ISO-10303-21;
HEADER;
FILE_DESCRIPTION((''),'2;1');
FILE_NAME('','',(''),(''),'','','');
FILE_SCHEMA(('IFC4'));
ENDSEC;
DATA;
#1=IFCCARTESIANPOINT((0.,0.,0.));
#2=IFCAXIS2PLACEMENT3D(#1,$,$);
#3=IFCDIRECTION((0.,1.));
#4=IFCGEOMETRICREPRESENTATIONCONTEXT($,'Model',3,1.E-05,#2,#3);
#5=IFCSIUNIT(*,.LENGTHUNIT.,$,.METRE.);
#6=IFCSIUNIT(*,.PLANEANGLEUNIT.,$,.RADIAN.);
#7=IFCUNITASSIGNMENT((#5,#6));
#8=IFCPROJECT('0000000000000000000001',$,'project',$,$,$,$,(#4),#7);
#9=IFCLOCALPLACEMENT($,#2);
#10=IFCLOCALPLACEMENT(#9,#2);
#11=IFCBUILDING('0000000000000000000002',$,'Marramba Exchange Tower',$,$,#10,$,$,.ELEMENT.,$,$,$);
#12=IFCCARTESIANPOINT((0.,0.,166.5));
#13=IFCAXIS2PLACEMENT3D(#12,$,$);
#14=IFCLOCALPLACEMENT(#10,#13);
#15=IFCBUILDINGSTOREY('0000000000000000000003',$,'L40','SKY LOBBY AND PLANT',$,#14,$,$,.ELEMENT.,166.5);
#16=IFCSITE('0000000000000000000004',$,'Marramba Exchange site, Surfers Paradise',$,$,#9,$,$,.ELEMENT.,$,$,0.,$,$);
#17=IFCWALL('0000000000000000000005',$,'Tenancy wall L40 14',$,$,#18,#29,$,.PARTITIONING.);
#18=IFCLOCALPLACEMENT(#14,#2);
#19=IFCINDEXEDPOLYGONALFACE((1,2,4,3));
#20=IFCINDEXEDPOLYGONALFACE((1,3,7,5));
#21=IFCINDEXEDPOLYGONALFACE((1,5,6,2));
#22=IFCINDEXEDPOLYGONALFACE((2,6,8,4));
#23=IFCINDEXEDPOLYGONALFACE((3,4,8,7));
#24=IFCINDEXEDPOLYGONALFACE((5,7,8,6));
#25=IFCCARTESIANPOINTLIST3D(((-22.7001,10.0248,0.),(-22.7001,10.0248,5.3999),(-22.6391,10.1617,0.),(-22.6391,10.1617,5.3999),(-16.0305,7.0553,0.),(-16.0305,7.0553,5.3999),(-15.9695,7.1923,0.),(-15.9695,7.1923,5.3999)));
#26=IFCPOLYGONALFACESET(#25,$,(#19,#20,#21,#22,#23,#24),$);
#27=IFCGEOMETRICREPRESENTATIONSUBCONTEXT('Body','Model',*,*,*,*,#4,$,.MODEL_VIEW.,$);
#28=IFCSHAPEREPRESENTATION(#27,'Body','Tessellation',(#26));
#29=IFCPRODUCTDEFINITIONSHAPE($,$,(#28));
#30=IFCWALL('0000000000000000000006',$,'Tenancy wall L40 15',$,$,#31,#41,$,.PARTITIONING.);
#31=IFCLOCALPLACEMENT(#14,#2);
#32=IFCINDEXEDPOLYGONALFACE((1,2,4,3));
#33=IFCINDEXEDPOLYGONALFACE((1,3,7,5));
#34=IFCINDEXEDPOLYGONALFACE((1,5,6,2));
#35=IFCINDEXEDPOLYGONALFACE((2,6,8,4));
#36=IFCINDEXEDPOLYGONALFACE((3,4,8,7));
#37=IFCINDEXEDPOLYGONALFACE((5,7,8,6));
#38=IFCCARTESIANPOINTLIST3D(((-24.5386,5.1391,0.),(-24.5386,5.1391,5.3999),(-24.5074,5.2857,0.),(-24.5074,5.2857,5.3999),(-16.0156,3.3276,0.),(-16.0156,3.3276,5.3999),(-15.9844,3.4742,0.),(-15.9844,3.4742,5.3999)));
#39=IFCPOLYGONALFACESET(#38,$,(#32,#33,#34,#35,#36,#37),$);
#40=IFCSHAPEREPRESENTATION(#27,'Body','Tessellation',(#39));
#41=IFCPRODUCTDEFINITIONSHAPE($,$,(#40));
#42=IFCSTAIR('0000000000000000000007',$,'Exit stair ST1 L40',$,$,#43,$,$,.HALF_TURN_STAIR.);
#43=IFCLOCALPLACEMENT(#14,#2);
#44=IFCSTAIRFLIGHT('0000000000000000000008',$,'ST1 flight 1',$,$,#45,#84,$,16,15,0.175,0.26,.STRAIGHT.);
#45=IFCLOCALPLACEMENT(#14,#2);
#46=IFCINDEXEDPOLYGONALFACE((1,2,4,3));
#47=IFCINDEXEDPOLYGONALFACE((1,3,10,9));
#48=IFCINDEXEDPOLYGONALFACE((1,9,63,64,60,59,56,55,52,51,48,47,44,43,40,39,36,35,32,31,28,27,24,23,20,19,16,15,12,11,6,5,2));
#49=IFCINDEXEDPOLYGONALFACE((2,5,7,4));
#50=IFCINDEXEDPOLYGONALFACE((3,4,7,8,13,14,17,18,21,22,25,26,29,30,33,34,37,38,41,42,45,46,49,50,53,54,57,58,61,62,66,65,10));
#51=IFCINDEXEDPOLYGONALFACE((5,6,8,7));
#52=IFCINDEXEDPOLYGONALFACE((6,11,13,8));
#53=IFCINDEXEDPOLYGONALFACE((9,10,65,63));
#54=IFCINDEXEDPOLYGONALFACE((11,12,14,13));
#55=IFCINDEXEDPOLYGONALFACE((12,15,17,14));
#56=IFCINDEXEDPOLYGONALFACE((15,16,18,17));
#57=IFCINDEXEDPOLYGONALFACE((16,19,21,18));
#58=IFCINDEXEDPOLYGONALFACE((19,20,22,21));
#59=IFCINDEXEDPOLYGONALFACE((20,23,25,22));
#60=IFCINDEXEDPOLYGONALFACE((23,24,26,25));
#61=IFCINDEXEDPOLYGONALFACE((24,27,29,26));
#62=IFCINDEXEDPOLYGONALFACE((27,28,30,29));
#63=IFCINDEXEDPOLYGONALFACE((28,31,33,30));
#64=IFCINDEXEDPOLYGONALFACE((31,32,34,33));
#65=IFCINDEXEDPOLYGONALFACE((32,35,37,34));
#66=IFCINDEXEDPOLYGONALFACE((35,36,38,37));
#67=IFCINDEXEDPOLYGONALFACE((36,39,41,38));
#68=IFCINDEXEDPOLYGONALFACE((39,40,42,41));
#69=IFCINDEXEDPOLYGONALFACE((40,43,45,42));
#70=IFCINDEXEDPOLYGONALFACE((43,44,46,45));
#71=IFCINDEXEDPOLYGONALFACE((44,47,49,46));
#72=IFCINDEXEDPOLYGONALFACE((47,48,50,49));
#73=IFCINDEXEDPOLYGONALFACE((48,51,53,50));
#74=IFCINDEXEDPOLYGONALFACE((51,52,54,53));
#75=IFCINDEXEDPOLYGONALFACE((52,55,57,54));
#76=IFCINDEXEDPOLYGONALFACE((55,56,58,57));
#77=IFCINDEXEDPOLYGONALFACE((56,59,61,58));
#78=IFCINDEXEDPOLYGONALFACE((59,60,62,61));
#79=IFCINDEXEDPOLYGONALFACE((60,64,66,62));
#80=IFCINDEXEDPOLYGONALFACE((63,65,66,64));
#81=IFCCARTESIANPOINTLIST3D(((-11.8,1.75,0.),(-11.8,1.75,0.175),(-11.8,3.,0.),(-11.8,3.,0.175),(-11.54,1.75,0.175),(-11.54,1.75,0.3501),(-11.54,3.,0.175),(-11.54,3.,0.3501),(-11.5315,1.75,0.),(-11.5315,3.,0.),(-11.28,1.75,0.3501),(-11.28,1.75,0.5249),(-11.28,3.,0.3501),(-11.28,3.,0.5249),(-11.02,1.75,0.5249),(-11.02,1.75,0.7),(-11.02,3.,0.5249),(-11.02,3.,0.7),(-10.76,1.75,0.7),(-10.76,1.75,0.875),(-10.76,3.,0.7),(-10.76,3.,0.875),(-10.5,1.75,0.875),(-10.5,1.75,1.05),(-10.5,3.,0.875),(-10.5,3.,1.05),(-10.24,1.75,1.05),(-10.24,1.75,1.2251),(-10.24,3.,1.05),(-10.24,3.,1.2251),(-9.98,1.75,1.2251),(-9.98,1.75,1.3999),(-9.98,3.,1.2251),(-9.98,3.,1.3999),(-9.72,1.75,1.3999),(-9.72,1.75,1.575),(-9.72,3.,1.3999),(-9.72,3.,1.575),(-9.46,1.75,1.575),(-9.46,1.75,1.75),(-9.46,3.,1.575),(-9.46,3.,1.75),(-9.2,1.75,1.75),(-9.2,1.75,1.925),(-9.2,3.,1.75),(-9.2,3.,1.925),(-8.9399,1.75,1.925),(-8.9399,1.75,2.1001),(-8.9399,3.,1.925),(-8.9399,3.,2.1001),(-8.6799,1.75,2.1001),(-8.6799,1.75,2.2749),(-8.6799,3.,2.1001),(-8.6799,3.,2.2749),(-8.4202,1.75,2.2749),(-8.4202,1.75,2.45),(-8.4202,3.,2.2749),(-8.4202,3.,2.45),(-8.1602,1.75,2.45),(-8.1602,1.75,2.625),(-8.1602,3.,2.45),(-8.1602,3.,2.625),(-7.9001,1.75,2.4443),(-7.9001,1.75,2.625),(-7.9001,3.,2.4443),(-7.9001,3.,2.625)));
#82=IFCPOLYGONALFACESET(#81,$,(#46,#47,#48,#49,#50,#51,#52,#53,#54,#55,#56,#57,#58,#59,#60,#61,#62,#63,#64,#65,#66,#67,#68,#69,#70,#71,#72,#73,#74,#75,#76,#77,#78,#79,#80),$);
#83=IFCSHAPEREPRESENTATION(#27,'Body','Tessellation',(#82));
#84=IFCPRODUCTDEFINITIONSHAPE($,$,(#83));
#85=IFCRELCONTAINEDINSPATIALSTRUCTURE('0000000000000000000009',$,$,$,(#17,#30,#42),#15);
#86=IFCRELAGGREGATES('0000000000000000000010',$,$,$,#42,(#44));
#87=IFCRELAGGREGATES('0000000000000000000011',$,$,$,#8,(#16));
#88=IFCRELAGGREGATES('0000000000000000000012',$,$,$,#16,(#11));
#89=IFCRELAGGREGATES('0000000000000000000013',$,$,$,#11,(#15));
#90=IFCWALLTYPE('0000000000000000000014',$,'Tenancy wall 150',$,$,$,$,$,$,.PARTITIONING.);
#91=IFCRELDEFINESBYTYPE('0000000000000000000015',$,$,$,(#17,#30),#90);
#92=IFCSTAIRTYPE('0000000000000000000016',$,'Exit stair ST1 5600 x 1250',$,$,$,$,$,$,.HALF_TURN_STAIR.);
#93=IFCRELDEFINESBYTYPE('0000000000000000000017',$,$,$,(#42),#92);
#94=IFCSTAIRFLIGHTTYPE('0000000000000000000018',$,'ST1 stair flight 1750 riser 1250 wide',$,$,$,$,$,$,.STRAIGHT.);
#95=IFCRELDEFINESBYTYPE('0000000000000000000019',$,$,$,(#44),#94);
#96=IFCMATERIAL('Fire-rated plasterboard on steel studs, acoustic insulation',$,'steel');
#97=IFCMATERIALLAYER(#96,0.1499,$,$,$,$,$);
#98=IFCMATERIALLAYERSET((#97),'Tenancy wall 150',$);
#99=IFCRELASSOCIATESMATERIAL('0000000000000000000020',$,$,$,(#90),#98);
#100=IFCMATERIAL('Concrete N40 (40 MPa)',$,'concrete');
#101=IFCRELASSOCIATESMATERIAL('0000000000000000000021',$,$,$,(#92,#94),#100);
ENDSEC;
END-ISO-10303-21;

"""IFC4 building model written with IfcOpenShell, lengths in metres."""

from ifc_helpers import new_model, si_unit, direction, frame, frame_2d, origin, place, context, subcontext, project, spatial, polyline, rectangle, outline, extrude, material, layer, layer_set, type_object, element, aggregate, save


model = new_model("IFC4")

# Units and contexts
model_context = context("Model", 3, precision=1e-05, world=origin(), true_north=direction((0.0, 1.0)))
body_context = subcontext(model_context, "Body", "Model", "MODEL_VIEW")
ifc_project = project(units=[si_unit("LENGTHUNIT", "METRE"), si_unit("PLANEANGLEUNIT", "RADIAN")], contexts=[model_context])

# Site, building, storey
site_placement = place(None, origin())
site = spatial("IfcSite", under=ifc_project, at=site_placement, Name="Marramba Exchange site, Surfers Paradise", CompositionType="ELEMENT", RefElevation=0.0)
building_placement = place(site_placement, origin())
building = spatial("IfcBuilding", under=site, at=building_placement, Name="Marramba Exchange Tower", CompositionType="ELEMENT")
storey_placement = place(building_placement, frame((0.0, 0.0, 166.5)))
storey = spatial("IfcBuildingStorey", under=building, at=storey_placement, Name="L40", Description="SKY LOBBY AND PLANT", CompositionType="ELEMENT", Elevation=166.5)

# Walls
ifc_material_1 = material(Name="Fire-rated plasterboard on steel studs, acoustic insulation", Category="steel")
ifc_layer_1 = layer(ifc_material_1, 0.1499)
ifc_layer_set_1 = layer_set([ifc_layer_1], Name="Tenancy wall 150")
wall_type_1 = type_object("IfcWallType", Name="Tenancy wall 150", PredefinedType="PARTITIONING", material=ifc_layer_set_1)
wall_1_placement = place(storey_placement, frame((-16.0, 7.1238, 0.0), z_axis=(0.0, 0.0, 1.0), x_axis=(-0.913548, 0.406731, 0.0)))
element("IfcWall", 1, at=wall_1_placement, inside=storey, type_object=wall_type_1, Name="Tenancy wall L40 14", PredefinedType="PARTITIONING", context=body_context, shape_type="SweptSolid", body=[
    extrude(rectangle(XDim=7.3008, YDim=0.1499, at=frame_2d((3.6504, 0.0))), origin(), (0.0, 0.0, 1.0), 5.3999),
])
wall_2_placement = place(storey_placement, frame((-16.0, 3.4009, 0.0), z_axis=(0.0, 0.0, 1.0), x_axis=(-0.97815, 0.207902, 0.0)))
element("IfcWall", 2, at=wall_2_placement, inside=storey, type_object=wall_type_1, Name="Tenancy wall L40 15", PredefinedType="PARTITIONING", context=body_context, shape_type="SweptSolid", body=[
    extrude(rectangle(XDim=8.7134, YDim=0.1499, at=frame_2d((4.3567, 0.0))), origin(), (0.0, 0.0, 1.0), 5.3999),
])

# Stair, stair flight
ifc_material_2 = material(Name="Concrete N40 (40 MPa)", Category="concrete")
stair_type = type_object("IfcStairType", Name="Exit stair ST1 5600 x 1250", PredefinedType="HALF_TURN_STAIR", material=ifc_material_2)
stair_placement = place(storey_placement, origin())
stair = element("IfcStair", 3, at=stair_placement, inside=storey, type_object=stair_type, Name="Exit stair ST1 L40", PredefinedType="HALF_TURN_STAIR")
stair_flight_type = type_object("IfcStairFlightType", Name="ST1 stair flight 1750 riser 1250 wide", PredefinedType="STRAIGHT", material=ifc_material_2)
stair_flight_placement = place(storey_placement, frame((-11.8, 2.375, 0.0), z_axis=(0.0, 0.0, 1.0), x_axis=(1.0, 0.0, 0.0)))
stair_flight = element("IfcStairFlight", 4, at=stair_flight_placement, type_object=stair_flight_type, Name="ST1 flight 1", NumberOfRisers=16, NumberOfTreads=15, PredefinedType="STRAIGHT", RiserHeight=0.175, TreadLength=0.26, context=body_context, shape_type="SweptSolid", body=[
    extrude(outline(polyline([(0.0, 0.0), (0.0, 0.175), (0.26, 0.175), (0.26, 0.3501), (0.52, 0.3501), (0.52, 0.5249), (0.78, 0.5249), (0.78, 0.7), (1.04, 0.7), (1.04, 0.875), (1.3, 0.875), (1.3, 1.05), (1.5601, 1.05), (1.5601, 1.2251), (1.8201, 1.2251), (1.8201, 1.3999), (2.0801, 1.3999), (2.0801, 1.575), (2.3401, 1.575), (2.3401, 1.75), (2.6001, 1.75), (2.6001, 1.925), (2.8601, 1.925), (2.8601, 2.1001), (3.1201, 2.1001), (3.1201, 2.2749), (3.3799, 2.2749), (3.3799, 2.45), (3.6399, 2.45), (3.6399, 2.625), (3.8999, 2.625), (3.8999, 2.8), (3.8999, 2.4443), (0.2686, 0.0), (0.0, 0.0)])), frame((0.0, 0.625, 0.0), z_axis=(0.0, -1.0, 0.0), x_axis=(1.0, 0.0, 0.0)), (0.0, 0.0, 1.0), 1.25),
])
aggregate(stair, [stair_flight])

save(model, "model.ifc")
